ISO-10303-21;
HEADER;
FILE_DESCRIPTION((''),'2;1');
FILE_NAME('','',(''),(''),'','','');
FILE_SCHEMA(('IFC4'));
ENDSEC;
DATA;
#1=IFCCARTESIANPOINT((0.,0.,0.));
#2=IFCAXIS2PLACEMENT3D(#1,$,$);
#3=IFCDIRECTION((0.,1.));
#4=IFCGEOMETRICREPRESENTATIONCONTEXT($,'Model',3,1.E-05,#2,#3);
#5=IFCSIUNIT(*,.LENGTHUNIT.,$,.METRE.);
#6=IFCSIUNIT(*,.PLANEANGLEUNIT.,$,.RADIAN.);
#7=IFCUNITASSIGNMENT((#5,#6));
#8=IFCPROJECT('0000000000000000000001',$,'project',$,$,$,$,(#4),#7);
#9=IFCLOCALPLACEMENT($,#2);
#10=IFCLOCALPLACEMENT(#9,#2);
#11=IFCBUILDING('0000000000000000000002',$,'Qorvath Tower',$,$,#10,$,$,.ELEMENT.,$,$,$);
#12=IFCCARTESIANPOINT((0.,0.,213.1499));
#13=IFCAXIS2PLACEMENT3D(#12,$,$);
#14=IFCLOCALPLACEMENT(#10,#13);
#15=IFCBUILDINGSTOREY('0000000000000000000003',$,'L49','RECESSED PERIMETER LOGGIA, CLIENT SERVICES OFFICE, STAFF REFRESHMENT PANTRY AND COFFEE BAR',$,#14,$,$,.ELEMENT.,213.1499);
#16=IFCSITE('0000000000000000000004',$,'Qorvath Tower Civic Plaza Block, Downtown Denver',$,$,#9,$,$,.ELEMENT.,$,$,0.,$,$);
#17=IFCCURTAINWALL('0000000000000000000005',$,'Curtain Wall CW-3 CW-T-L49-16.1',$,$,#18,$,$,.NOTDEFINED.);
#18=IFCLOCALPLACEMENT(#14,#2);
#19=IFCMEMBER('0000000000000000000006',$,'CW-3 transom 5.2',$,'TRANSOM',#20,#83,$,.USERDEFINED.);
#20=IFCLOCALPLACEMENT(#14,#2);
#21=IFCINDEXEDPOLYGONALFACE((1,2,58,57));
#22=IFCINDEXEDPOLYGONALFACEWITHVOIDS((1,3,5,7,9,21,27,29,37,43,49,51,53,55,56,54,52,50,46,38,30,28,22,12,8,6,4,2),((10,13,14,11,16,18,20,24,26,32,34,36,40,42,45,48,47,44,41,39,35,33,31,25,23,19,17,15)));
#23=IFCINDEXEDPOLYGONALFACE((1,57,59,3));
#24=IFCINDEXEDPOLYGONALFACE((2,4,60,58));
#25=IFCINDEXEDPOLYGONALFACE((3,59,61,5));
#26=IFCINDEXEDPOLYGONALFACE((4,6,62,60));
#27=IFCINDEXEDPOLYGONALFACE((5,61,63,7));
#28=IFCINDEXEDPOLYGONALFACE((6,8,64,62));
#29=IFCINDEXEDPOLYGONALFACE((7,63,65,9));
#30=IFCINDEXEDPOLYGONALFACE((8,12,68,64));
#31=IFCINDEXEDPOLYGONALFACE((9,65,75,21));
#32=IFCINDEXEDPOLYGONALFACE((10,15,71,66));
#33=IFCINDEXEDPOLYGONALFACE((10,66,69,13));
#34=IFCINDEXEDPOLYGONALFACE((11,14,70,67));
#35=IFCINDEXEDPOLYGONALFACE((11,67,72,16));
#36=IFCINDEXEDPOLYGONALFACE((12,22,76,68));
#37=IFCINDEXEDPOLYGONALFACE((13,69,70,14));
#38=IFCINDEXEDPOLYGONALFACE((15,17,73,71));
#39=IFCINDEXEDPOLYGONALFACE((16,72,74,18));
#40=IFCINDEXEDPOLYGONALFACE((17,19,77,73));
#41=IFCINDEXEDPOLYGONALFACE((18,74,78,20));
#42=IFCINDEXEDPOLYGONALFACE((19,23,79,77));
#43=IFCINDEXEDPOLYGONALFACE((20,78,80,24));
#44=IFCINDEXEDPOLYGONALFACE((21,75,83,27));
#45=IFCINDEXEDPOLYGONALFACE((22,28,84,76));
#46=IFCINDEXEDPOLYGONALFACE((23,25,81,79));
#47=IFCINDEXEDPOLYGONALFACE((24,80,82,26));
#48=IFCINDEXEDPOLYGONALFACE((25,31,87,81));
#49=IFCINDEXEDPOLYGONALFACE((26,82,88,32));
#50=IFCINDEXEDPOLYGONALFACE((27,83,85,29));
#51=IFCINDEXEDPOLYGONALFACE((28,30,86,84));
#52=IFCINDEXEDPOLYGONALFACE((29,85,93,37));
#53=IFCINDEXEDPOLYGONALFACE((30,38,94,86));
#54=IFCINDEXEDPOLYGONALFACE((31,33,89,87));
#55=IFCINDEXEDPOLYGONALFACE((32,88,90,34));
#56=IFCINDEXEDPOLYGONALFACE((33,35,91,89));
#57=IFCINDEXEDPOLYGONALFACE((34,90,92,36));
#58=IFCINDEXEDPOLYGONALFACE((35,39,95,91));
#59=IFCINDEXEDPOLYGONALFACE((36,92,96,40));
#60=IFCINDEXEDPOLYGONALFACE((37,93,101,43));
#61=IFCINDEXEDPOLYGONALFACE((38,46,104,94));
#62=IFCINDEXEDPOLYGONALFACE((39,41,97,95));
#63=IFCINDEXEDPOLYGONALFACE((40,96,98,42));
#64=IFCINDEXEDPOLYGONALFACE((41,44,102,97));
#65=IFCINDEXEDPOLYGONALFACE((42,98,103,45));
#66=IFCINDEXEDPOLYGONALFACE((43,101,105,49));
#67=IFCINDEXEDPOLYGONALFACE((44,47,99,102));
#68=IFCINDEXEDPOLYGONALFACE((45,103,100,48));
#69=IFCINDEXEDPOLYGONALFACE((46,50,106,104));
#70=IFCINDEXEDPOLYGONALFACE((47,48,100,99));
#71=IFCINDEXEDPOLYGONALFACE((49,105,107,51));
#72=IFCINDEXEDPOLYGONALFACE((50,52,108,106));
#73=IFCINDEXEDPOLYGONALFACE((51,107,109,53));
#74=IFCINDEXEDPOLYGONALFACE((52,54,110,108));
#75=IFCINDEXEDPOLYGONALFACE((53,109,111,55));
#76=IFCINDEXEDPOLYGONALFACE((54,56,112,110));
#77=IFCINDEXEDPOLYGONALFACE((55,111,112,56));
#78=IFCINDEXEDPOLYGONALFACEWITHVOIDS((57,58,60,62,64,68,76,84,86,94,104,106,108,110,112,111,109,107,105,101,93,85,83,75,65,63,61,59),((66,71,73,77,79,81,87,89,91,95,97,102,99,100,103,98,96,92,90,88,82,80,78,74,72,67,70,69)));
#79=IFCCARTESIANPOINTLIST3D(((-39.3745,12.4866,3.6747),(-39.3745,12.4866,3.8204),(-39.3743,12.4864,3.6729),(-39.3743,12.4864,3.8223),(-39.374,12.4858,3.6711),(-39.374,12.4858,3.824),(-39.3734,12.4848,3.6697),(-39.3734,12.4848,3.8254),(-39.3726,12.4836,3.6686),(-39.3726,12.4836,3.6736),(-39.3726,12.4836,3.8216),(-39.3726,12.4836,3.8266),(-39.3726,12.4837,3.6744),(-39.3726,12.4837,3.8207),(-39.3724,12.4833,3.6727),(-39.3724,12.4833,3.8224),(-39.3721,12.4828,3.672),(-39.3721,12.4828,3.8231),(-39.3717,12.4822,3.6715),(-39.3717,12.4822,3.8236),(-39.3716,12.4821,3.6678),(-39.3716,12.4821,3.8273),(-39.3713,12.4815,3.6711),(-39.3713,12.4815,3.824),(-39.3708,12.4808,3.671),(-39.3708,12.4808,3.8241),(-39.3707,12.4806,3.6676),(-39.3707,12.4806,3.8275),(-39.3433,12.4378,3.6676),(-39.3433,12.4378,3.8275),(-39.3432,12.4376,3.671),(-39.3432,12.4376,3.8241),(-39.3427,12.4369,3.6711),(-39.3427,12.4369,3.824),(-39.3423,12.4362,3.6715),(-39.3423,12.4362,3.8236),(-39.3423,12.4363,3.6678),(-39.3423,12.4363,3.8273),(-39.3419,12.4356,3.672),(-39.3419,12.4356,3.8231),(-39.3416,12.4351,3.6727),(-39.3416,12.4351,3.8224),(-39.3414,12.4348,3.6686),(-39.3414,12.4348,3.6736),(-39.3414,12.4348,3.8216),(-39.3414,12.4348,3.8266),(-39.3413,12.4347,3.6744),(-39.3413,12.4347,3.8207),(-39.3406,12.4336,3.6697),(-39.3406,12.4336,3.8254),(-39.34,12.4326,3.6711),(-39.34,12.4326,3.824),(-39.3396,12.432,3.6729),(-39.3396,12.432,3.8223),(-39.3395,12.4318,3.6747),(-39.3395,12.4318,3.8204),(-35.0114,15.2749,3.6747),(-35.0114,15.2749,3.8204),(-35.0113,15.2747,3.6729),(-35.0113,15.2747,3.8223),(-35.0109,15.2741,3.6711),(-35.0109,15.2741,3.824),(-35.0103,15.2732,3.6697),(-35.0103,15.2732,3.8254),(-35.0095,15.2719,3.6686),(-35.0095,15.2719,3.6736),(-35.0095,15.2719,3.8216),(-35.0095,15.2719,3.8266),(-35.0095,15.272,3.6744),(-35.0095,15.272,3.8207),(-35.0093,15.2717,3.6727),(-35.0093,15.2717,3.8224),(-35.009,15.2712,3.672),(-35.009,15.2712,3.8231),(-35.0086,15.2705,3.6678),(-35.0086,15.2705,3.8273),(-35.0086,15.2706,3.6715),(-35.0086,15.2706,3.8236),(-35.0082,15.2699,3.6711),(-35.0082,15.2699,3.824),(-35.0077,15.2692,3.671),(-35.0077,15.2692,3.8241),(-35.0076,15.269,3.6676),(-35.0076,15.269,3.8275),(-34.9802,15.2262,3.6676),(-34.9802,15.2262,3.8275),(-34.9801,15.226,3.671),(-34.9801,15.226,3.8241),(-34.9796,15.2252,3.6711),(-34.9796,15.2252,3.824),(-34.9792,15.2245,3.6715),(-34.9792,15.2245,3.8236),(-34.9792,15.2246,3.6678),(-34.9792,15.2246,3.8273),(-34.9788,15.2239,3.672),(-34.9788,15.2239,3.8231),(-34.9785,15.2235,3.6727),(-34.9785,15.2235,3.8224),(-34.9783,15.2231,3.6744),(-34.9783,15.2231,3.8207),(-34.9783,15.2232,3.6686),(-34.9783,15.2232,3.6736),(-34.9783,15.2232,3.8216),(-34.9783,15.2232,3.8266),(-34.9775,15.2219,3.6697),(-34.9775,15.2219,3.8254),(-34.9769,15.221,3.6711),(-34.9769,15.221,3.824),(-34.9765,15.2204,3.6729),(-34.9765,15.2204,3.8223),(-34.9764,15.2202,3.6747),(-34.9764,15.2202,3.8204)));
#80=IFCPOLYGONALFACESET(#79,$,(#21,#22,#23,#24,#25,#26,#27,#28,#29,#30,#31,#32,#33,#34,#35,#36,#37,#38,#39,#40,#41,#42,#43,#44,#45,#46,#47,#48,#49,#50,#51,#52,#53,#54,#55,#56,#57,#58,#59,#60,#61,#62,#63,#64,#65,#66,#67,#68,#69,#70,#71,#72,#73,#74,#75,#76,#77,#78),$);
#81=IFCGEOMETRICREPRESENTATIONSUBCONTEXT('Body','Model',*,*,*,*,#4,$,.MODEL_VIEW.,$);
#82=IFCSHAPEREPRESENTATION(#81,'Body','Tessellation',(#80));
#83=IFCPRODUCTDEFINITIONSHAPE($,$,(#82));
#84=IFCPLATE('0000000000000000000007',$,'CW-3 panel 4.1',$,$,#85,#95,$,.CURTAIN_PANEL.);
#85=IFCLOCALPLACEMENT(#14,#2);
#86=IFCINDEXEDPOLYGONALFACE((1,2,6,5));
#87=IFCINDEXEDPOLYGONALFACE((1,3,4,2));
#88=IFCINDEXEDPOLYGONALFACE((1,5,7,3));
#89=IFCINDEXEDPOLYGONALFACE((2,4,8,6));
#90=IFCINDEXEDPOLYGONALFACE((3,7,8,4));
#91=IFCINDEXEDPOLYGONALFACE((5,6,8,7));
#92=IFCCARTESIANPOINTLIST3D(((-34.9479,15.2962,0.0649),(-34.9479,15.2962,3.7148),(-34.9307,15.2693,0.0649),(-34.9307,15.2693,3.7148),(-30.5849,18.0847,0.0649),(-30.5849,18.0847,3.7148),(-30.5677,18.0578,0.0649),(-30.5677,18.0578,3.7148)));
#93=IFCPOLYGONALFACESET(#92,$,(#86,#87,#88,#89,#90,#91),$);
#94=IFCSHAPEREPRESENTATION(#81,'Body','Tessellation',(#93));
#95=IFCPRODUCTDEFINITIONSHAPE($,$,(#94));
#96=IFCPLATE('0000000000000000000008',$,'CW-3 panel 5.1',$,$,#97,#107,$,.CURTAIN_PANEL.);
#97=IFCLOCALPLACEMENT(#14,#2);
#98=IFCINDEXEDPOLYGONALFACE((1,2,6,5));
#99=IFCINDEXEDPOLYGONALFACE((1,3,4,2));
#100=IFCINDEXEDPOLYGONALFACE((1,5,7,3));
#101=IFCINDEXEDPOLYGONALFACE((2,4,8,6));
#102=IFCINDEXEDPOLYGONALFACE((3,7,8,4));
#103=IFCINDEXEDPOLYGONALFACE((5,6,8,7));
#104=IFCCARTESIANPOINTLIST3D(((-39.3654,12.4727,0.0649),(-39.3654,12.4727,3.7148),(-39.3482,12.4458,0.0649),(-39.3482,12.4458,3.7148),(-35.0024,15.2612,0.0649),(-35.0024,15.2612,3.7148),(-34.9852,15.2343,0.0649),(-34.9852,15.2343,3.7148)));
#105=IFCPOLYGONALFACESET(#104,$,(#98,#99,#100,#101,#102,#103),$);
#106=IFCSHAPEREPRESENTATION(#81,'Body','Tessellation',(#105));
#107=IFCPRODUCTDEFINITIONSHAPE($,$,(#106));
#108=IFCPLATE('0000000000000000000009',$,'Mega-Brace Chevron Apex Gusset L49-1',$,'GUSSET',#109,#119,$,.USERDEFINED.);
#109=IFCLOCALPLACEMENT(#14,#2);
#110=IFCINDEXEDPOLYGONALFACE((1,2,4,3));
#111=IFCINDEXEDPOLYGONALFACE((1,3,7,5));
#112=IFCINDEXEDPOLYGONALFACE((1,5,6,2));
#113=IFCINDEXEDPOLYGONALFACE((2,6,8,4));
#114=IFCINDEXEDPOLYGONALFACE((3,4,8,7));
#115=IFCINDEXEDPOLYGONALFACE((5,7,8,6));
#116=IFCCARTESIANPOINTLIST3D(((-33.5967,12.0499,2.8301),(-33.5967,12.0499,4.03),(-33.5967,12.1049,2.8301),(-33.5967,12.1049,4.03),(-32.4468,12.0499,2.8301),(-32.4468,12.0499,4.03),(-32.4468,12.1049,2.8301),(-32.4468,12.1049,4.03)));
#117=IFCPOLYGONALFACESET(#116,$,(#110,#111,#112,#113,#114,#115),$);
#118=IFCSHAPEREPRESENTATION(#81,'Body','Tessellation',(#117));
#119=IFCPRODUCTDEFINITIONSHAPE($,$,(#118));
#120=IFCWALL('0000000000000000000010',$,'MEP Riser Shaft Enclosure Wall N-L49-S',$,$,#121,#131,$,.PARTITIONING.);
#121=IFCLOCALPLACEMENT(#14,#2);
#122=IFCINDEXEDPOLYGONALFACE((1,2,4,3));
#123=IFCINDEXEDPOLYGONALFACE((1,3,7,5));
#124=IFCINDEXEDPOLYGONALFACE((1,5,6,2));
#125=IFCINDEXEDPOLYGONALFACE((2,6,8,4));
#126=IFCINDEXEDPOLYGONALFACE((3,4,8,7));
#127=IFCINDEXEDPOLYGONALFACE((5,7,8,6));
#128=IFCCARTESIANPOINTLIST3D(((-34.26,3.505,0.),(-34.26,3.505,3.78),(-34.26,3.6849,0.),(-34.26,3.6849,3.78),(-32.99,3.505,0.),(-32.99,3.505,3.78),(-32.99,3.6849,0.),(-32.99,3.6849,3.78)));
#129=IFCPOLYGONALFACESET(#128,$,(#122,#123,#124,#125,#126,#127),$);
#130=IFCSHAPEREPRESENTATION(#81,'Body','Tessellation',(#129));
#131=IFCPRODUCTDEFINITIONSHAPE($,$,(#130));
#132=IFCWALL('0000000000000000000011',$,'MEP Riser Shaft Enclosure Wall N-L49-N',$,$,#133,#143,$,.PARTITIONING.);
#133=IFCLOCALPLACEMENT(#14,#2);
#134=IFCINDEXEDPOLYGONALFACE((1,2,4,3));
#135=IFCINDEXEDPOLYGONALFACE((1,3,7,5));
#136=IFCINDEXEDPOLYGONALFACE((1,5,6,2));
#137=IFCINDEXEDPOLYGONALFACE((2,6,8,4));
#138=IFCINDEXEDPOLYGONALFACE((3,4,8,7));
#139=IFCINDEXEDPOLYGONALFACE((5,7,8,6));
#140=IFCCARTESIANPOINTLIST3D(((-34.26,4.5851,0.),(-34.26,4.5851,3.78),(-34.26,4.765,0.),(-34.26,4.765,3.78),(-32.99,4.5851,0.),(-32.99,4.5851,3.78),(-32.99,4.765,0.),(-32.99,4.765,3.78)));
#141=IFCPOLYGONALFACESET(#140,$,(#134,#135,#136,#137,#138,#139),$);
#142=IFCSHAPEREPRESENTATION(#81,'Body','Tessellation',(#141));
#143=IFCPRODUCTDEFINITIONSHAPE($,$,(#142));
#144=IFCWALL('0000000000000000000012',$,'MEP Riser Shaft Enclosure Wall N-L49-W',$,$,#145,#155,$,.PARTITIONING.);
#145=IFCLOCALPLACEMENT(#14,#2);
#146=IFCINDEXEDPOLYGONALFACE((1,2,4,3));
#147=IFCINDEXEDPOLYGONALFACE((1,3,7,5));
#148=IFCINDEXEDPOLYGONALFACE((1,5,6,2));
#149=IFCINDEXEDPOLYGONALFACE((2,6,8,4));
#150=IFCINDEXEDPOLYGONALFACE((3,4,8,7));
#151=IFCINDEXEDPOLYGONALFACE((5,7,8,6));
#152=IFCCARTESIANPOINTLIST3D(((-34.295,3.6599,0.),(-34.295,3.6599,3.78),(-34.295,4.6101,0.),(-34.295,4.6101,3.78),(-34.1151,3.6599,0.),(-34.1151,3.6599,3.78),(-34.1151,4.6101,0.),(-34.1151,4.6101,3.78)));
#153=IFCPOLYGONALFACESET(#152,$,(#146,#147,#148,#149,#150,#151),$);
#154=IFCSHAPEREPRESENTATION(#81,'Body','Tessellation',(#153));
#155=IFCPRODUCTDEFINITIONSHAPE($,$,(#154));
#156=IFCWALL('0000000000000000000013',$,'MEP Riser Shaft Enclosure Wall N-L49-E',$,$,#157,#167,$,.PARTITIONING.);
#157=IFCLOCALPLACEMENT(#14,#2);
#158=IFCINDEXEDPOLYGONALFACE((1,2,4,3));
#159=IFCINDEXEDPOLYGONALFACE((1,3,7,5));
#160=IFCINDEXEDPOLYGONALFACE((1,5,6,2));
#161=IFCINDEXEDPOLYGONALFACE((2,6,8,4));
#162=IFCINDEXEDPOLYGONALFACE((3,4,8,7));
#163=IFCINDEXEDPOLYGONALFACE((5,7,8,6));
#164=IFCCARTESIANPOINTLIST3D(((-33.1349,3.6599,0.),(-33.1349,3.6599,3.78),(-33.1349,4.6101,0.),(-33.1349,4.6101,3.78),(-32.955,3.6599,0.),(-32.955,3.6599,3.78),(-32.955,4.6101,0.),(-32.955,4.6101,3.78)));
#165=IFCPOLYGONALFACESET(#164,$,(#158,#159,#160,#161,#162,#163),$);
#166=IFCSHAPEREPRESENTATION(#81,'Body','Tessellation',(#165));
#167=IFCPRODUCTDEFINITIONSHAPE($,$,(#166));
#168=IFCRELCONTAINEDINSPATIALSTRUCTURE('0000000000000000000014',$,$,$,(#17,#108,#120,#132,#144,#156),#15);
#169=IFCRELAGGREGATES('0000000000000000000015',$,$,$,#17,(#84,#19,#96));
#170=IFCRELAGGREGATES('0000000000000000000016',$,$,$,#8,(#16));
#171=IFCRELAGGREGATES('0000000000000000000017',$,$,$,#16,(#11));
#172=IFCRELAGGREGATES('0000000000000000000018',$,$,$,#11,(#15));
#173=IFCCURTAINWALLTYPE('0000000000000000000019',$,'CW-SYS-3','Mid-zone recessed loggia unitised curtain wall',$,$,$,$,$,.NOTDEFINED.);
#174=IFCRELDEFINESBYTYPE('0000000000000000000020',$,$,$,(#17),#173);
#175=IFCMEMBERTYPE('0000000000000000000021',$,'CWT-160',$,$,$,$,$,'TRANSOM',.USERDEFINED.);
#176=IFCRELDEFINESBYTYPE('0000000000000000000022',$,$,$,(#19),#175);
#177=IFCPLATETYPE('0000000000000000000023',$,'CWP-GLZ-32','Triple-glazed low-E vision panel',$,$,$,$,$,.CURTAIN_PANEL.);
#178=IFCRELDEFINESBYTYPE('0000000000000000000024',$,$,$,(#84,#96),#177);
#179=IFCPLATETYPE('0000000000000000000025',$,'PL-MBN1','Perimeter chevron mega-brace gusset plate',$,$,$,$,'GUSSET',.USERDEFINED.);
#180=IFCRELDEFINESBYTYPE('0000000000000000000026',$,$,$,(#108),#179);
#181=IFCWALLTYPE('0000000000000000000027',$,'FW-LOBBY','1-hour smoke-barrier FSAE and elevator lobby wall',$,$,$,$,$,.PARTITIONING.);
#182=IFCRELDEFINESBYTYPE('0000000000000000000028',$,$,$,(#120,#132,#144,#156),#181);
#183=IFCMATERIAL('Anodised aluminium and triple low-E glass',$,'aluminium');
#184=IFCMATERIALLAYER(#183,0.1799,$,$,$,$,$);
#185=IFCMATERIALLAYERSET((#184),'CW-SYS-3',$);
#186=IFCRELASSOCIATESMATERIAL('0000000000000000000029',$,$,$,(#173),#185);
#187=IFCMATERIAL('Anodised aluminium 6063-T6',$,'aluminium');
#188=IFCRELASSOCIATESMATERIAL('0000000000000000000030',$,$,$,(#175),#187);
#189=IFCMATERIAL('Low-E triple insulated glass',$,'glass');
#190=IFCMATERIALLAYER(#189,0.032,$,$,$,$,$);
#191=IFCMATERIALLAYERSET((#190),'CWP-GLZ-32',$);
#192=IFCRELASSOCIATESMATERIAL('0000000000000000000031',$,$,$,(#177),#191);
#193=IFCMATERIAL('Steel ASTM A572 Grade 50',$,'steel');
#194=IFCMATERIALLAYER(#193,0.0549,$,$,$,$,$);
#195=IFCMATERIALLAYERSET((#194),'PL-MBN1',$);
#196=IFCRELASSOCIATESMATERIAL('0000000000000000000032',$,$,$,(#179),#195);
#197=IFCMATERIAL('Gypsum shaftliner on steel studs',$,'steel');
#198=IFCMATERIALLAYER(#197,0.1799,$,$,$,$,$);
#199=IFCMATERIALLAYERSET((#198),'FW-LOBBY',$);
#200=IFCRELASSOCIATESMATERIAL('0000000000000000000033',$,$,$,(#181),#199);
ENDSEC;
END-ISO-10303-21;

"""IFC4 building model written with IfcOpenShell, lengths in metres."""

from ifc_helpers import new_model, si_unit, direction, frame, frame_2d, origin, origin_2d, place, context, subcontext, project, spatial, rectangle, hollow_rectangle, extrude, material, layer, layer_set, material_profile, profile_set, type_object, element, aggregate, save


model = new_model("IFC4")

# Units and contexts
model_context = context("Model", 3, precision=1e-05, world=origin(), true_north=direction((0.0, 1.0)))
body_context = subcontext(model_context, "Body", "Model", "MODEL_VIEW")
ifc_project = project(units=[si_unit("LENGTHUNIT", "METRE"), si_unit("PLANEANGLEUNIT", "RADIAN")], contexts=[model_context])

# Site, building, storey
site_placement = place(None, origin())
site = spatial("IfcSite", under=ifc_project, at=site_placement, Name="Qorvath Tower Civic Plaza Block, Downtown Denver", CompositionType="ELEMENT", RefElevation=0.0)
building_placement = place(site_placement, origin())
building = spatial("IfcBuilding", under=site, at=building_placement, Name="Qorvath Tower", CompositionType="ELEMENT")
storey_placement = place(building_placement, frame((0.0, 0.0, 213.1499)))
storey = spatial("IfcBuildingStorey", under=building, at=storey_placement, Name="L49", Description="RECESSED PERIMETER LOGGIA, CLIENT SERVICES OFFICE, STAFF REFRESHMENT PANTRY AND COFFEE BAR", CompositionType="ELEMENT", Elevation=213.1499)

# Curtain wall, member, plates
ifc_material_1 = material(Name="Anodised aluminium and triple low-E glass", Category="aluminium")
ifc_layer_1 = layer(ifc_material_1, 0.1799)
ifc_layer_set_1 = layer_set([ifc_layer_1], Name="CW-SYS-3")
curtain_wall_type = type_object("IfcCurtainWallType", Name="CW-SYS-3", Description="Mid-zone recessed loggia unitised curtain wall", PredefinedType="NOTDEFINED", material=ifc_layer_set_1)
curtain_wall_placement = place(storey_placement, origin())
curtain_wall = element("IfcCurtainWall", 1, at=curtain_wall_placement, inside=storey, type_object=curtain_wall_type, Name="Curtain Wall CW-3 CW-T-L49-16.1", PredefinedType="NOTDEFINED")
ifc_material_2 = material(Name="Anodised aluminium 6063-T6", Category="aluminium")
ifc_material_profile_1 = material_profile(ifc_material_2, hollow_rectangle(XDim=0.0649, YDim=0.1599, WallThickness=0.0034, InnerFilletRadius=0.0034, OuterFilletRadius=0.0071, at=origin_2d()), Name="CWT 160x65")
ifc_profile_set_1 = profile_set([ifc_material_profile_1], Name="Anodised aluminium 6063-T6")
member_type_1 = type_object("IfcMemberType", Name="CWT-160", ElementType="TRANSOM", PredefinedType="USERDEFINED", material=ifc_profile_set_1)
member_1_placement = place(storey_placement, frame((-34.9939, 15.2476, 3.7476), z_axis=(-0.842623, -0.538504, 0.0), x_axis=(0.538504, -0.842623, 0.0)))
member_1 = element("IfcMember", 2, at=member_1_placement, type_object=member_type_1, Name="CW-3 transom 5.2", ObjectType="TRANSOM", PredefinedType="USERDEFINED", context=body_context, shape_type="SweptSolid", body=[
    extrude(hollow_rectangle(XDim=0.0649, YDim=0.1599, WallThickness=0.0034, InnerFilletRadius=0.0034, OuterFilletRadius=0.0071, at=origin_2d()), origin(), (0.0, 0.0, 1.0), 5.178),
])
ifc_material_3 = material(Name="Low-E triple insulated glass", Category="glass")
ifc_layer_2 = layer(ifc_material_3, 0.032)
ifc_layer_set_2 = layer_set([ifc_layer_2], Name="CWP-GLZ-32")
plate_type_1 = type_object("IfcPlateType", Name="CWP-GLZ-32", Description="Triple-glazed low-E vision panel", PredefinedType="CURTAIN_PANEL", material=ifc_layer_set_2)
plate_1_placement = place(storey_placement, frame((-32.7578, 16.677, 0.0649), z_axis=(0.0, 0.0, 1.0), x_axis=(-0.842605, -0.538532, 0.0)))
plate_1 = element("IfcPlate", 3, at=plate_1_placement, type_object=plate_type_1, Name="CW-3 panel 4.1", PredefinedType="CURTAIN_PANEL", context=body_context, shape_type="SweptSolid", body=[
    extrude(rectangle(XDim=5.178, YDim=0.032, at=origin_2d()), origin(), (0.0, 0.0, 1.0), 3.6499),
])
plate_2_placement = place(storey_placement, frame((-37.1753, 13.8535, 0.0649), z_axis=(0.0, 0.0, 1.0), x_axis=(-0.842605, -0.538532, 0.0)))
plate_2 = element("IfcPlate", 4, at=plate_2_placement, type_object=plate_type_1, Name="CW-3 panel 5.1", PredefinedType="CURTAIN_PANEL", context=body_context, shape_type="SweptSolid", body=[
    extrude(rectangle(XDim=5.178, YDim=0.032, at=origin_2d()), origin(), (0.0, 0.0, 1.0), 3.6499),
])
aggregate(curtain_wall, [plate_1, member_1, plate_2])

# Plate
ifc_material_4 = material(Name="Steel ASTM A572 Grade 50", Category="steel")
ifc_layer_3 = layer(ifc_material_4, 0.0549)
ifc_layer_set_3 = layer_set([ifc_layer_3], Name="PL-MBN1")
plate_type_2 = type_object("IfcPlateType", Name="PL-MBN1", Description="Perimeter chevron mega-brace gusset plate", ElementType="GUSSET", PredefinedType="USERDEFINED", material=ifc_layer_set_3)
plate_3_placement = place(storey_placement, frame((-33.0217, 12.0774, 2.8301), z_axis=(0.0, 0.0, 1.0), x_axis=(1.0, 0.0, 0.0)))
element("IfcPlate", 5, at=plate_3_placement, inside=storey, type_object=plate_type_2, Name="Mega-Brace Chevron Apex Gusset L49-1", ObjectType="GUSSET", PredefinedType="USERDEFINED", context=body_context, shape_type="SweptSolid", body=[
    extrude(rectangle(XDim=1.1499, YDim=0.0549, at=origin_2d()), origin(), (0.0, 0.0, 1.0), 1.2),
])

# Walls
ifc_material_5 = material(Name="Gypsum shaftliner on steel studs", Category="steel")
ifc_layer_4 = layer(ifc_material_5, 0.1799)
ifc_layer_set_4 = layer_set([ifc_layer_4], Name="FW-LOBBY")
wall_type_1 = type_object("IfcWallType", Name="FW-LOBBY", Description="1-hour smoke-barrier FSAE and elevator lobby wall", PredefinedType="PARTITIONING", material=ifc_layer_set_4)
for number, where, z_axis, x_axis, name in (
    (6, (-32.99, 3.595, 0.0), (0.0, 0.0, 1.0), (-1.0, 0.0, 0.0), "MEP Riser Shaft Enclosure Wall N-L49-S"),
    (7, (-34.26, 4.675, 0.0), (0.0, 0.0, 1.0), (1.0, 0.0, 0.0), "MEP Riser Shaft Enclosure Wall N-L49-N"),
):
    element("IfcWall", number, at=place(storey_placement, frame(where, z_axis=z_axis, x_axis=x_axis)), inside=storey, type_object=wall_type_1, Name=name, PredefinedType="PARTITIONING", context=body_context, shape_type="SweptSolid", body=[
        extrude(rectangle(XDim=1.27, YDim=0.1799, at=frame_2d((0.635, 0.0))), origin(), (0.0, 0.0, 1.0), 3.78),
    ])
for number, where, z_axis, x_axis, name in (
    (8, (-34.2051, 3.6599, 0.0), (0.0, 0.0, 1.0), (0.0, 1.0, 0.0), "MEP Riser Shaft Enclosure Wall N-L49-W"),
    (9, (-33.0449, 4.6101, 0.0), (0.0, 0.0, 1.0), (0.0, -1.0, 0.0), "MEP Riser Shaft Enclosure Wall N-L49-E"),
):
    element("IfcWall", number, at=place(storey_placement, frame(where, z_axis=z_axis, x_axis=x_axis)), inside=storey, type_object=wall_type_1, Name=name, PredefinedType="PARTITIONING", context=body_context, shape_type="SweptSolid", body=[
        extrude(rectangle(XDim=0.9502, YDim=0.1799, at=frame_2d((0.4751, 0.0))), origin(), (0.0, 0.0, 1.0), 3.78),
    ])

save(model, "model.ifc")
